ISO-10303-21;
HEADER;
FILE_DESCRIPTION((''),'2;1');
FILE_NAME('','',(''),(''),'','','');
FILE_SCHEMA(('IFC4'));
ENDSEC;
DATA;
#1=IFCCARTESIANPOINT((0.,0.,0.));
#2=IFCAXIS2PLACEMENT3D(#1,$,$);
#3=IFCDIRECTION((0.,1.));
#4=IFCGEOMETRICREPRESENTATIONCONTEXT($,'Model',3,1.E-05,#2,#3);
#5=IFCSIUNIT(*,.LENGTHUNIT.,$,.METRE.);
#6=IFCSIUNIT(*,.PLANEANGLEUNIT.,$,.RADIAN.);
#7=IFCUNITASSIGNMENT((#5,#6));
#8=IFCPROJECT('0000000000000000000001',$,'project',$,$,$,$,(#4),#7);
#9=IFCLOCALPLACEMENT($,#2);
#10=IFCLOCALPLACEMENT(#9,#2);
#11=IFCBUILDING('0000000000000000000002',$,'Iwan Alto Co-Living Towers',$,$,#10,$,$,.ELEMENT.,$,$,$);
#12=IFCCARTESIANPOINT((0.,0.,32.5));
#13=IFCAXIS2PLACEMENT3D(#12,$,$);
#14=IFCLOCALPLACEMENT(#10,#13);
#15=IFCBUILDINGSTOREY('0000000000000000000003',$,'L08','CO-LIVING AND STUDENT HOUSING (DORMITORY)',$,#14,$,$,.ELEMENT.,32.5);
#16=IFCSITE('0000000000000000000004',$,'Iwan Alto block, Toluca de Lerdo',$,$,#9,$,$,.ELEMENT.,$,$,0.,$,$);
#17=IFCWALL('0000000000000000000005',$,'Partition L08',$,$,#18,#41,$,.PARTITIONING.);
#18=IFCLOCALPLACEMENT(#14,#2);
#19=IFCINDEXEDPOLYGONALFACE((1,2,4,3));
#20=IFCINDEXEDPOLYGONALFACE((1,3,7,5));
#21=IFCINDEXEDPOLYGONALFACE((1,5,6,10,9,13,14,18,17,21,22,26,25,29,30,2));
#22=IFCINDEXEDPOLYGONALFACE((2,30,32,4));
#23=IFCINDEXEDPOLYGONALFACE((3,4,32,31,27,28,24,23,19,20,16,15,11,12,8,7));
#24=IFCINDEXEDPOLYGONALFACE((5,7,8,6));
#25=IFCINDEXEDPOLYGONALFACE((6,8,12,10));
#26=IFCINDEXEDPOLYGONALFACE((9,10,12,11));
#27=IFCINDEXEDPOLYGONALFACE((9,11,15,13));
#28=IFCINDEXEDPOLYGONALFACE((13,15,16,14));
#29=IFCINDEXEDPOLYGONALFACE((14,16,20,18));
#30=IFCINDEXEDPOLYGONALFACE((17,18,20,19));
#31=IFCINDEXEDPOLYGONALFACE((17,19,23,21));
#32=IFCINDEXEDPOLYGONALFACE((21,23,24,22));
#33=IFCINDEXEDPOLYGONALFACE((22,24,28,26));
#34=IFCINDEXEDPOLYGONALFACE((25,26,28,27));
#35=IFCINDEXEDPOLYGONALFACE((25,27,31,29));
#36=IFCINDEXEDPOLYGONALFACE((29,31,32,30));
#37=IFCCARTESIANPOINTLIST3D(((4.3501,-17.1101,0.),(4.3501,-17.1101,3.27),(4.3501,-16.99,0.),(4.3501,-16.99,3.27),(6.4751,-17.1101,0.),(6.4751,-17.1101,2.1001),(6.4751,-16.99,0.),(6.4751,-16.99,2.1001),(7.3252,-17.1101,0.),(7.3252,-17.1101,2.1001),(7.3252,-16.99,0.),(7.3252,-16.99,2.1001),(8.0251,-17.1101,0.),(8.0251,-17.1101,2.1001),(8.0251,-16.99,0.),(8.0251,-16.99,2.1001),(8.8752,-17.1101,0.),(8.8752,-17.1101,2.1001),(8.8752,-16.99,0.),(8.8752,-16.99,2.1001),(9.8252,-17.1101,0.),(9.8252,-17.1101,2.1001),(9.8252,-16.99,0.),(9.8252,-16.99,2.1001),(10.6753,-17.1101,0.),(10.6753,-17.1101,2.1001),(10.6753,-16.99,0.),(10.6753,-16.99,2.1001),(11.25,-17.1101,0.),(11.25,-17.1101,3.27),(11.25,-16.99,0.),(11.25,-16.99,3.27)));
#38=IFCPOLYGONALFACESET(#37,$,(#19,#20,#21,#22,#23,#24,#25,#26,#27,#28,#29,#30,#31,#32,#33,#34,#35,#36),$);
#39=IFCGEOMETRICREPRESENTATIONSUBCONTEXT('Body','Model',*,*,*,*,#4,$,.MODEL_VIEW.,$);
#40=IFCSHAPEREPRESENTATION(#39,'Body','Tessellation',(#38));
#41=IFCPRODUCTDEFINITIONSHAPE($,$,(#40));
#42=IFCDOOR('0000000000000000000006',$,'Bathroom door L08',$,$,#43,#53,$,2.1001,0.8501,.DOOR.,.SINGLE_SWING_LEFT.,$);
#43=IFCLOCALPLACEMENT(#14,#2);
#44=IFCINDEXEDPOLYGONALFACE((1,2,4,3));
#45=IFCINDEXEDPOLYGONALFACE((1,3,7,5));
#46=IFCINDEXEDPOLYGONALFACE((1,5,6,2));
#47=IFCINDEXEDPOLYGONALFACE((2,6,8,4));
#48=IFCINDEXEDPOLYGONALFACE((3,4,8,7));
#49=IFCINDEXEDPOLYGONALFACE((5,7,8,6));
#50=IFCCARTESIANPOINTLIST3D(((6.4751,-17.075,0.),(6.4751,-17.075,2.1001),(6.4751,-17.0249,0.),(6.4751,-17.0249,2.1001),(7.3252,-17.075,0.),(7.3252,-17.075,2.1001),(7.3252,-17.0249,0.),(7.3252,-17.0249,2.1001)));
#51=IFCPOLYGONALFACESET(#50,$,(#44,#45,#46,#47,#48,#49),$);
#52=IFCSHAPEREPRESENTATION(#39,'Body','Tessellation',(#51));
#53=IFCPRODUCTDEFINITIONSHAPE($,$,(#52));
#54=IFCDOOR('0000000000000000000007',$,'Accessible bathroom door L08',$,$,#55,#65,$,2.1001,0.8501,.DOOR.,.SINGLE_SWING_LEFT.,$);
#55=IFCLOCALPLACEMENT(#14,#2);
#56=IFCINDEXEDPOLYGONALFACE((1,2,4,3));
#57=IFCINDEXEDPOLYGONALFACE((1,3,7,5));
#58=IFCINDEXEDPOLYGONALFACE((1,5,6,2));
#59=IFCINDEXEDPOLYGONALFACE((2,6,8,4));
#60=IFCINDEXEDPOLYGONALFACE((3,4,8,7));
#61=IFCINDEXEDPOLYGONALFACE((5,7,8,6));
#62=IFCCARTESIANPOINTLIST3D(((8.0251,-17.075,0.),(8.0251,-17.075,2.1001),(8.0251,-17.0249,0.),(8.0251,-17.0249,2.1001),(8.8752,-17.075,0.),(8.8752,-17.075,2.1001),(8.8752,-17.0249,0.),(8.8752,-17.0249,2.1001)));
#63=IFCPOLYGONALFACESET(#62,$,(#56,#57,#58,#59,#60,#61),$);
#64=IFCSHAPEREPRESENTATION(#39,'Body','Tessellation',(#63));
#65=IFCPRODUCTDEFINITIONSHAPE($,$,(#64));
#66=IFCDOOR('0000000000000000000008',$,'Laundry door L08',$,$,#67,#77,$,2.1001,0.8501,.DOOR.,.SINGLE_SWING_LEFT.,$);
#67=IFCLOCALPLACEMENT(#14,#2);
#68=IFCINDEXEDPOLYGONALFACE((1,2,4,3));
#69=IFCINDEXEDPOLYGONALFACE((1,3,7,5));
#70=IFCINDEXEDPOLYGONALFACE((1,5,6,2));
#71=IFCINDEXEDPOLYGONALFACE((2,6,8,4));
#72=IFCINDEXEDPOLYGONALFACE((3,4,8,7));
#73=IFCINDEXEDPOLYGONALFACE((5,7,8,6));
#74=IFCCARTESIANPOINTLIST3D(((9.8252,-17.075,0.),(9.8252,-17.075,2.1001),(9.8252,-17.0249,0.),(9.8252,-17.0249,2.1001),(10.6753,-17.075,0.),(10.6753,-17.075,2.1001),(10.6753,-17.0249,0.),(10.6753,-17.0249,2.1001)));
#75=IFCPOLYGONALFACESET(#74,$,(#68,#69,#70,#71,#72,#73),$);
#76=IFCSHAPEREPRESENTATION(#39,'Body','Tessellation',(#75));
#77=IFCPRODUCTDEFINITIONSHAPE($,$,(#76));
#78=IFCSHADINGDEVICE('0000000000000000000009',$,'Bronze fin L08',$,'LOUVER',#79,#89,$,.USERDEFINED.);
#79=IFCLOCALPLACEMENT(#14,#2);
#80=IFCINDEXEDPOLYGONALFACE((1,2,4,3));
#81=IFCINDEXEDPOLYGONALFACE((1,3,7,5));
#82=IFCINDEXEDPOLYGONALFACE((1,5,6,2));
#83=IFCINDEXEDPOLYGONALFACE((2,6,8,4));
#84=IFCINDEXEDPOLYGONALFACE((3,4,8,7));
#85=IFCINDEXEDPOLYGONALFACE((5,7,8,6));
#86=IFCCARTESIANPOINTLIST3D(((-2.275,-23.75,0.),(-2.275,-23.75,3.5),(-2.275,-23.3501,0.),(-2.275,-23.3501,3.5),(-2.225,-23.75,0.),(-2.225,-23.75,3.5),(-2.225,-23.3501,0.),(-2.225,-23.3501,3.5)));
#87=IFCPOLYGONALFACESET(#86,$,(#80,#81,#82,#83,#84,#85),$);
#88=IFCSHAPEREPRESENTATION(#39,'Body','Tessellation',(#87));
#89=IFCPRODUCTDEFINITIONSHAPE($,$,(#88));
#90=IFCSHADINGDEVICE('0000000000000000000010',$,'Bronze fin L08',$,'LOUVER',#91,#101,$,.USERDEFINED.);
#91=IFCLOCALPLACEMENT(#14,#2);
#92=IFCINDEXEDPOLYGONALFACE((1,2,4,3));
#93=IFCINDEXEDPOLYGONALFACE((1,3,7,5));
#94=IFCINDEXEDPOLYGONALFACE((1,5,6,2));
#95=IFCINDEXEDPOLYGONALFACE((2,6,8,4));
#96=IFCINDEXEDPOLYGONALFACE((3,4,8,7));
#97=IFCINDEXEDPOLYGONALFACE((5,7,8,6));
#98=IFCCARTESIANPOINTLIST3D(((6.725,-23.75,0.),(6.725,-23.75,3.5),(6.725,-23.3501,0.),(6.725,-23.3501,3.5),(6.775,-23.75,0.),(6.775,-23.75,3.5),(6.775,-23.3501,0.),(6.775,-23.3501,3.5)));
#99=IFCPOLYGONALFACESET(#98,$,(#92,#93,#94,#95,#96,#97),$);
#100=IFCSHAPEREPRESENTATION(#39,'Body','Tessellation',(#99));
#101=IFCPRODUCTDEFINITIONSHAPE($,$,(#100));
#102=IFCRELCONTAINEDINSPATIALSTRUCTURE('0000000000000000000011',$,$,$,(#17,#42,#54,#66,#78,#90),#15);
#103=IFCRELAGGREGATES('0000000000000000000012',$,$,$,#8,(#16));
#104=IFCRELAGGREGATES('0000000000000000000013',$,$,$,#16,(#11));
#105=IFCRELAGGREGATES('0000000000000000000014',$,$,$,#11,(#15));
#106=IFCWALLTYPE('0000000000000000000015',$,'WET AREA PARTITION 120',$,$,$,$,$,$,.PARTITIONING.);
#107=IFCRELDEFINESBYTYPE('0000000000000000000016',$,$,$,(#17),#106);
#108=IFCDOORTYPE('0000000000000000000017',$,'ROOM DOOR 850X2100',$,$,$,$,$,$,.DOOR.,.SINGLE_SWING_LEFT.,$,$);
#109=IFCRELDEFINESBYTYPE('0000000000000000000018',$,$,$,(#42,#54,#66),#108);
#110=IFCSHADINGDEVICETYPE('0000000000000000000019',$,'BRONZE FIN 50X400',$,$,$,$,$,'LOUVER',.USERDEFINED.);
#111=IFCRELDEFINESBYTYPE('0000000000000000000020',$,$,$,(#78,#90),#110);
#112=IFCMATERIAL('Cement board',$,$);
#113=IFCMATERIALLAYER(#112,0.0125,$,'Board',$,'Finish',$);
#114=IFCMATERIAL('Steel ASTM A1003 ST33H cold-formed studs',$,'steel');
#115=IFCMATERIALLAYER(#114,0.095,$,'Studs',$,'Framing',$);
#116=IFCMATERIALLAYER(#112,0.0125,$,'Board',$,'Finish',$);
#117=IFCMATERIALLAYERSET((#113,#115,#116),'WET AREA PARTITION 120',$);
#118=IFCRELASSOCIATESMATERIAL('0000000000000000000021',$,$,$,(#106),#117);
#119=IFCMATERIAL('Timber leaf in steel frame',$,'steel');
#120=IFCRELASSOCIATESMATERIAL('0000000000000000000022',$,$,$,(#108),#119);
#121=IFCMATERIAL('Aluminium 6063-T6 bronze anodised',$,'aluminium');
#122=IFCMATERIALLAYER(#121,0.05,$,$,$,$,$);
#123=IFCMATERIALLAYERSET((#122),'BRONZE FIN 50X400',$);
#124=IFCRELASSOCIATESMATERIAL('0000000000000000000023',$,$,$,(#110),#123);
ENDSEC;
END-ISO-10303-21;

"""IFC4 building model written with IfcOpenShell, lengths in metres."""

from ifc_helpers import new_model, si_unit, direction, frame, frame_2d, origin, origin_2d, place, context, subcontext, project, spatial, rectangle, extrude, material, layer, layer_set, type_object, element, fill, save


model = new_model("IFC4")

# Units and contexts
model_context = context("Model", 3, precision=1e-05, world=origin(), true_north=direction((0.0, 1.0)))
body_context = subcontext(model_context, "Body", "Model", "MODEL_VIEW")
ifc_project = project(units=[si_unit("LENGTHUNIT", "METRE"), si_unit("PLANEANGLEUNIT", "RADIAN")], contexts=[model_context])

# Site, building, storey
site_placement = place(None, origin())
site = spatial("IfcSite", under=ifc_project, at=site_placement, Name="Iwan Alto block, Toluca de Lerdo", CompositionType="ELEMENT", RefElevation=0.0)
building_placement = place(site_placement, origin())
building = spatial("IfcBuilding", under=site, at=building_placement, Name="Iwan Alto Co-Living Towers", CompositionType="ELEMENT")
storey_placement = place(building_placement, frame((0.0, 0.0, 32.5)))
storey = spatial("IfcBuildingStorey", under=building, at=storey_placement, Name="L08", Description="CO-LIVING AND STUDENT HOUSING (DORMITORY)", CompositionType="ELEMENT", Elevation=32.5)

# Shared definitions
ifc_material_1 = material(Name="Steel ASTM A1003 ST33H cold-formed studs", Category="steel")

# Wall, openings, doors
ifc_material_2 = material(Name="Cement board")
ifc_layer_1 = layer(ifc_material_2, 0.0125, Name="Board", Category="Finish")
ifc_layer_2 = layer(ifc_material_1, 0.095, Name="Studs", Category="Framing")
ifc_layer_3 = layer(ifc_material_2, 0.0125, Name="Board", Category="Finish")
ifc_layer_set_1 = layer_set([ifc_layer_1, ifc_layer_2, ifc_layer_3], Name="WET AREA PARTITION 120")
wall_type_1 = type_object("IfcWallType", Name="WET AREA PARTITION 120", PredefinedType="PARTITIONING", material=ifc_layer_set_1)
wall_1_placement = place(storey_placement, frame((4.3501, -17.05, 0.0), z_axis=(0.0, 0.0, 1.0), x_axis=(1.0, 0.0, 0.0)))
wall_1 = element("IfcWall", 1, at=wall_1_placement, inside=storey, type_object=wall_type_1, Name="Partition L08", PredefinedType="PARTITIONING", context=body_context, shape_type="SweptSolid", body=[
    extrude(rectangle(XDim=6.8999, YDim=0.1201, at=frame_2d((3.45, 0.0))), origin(), (0.0, 0.0, 1.0), 3.27),
])
opening_1_placement = place(wall_1_placement, frame((2.125, 0.0, 0.0)))
opening_1 = element("IfcOpeningElement", 2, at=opening_1_placement, cuts=wall_1, PredefinedType="OPENING", context=body_context, shape_type="SweptSolid", body=[
    extrude(rectangle(XDim=0.8501, YDim=2.1001, at=frame_2d((0.425, 1.05))), frame((0.0, 0.0701, 0.0), z_axis=(0.0, -1.0, 0.0), x_axis=(1.0, 0.0, 0.0)), (0.0, 0.0, 1.0), 0.1401),
])
opening_2_placement = place(wall_1_placement, frame((3.675, 0.0, 0.0)))
opening_2 = element("IfcOpeningElement", 3, at=opening_2_placement, cuts=wall_1, PredefinedType="OPENING", context=body_context, shape_type="SweptSolid", body=[
    extrude(rectangle(XDim=0.8501, YDim=2.1001, at=frame_2d((0.425, 1.05))), frame((0.0, 0.0701, 0.0), z_axis=(0.0, -1.0, 0.0), x_axis=(1.0, 0.0, 0.0)), (0.0, 0.0, 1.0), 0.1401),
])
opening_3_placement = place(wall_1_placement, frame((5.4751, 0.0, 0.0)))
opening_3 = element("IfcOpeningElement", 4, at=opening_3_placement, cuts=wall_1, PredefinedType="OPENING", context=body_context, shape_type="SweptSolid", body=[
    extrude(rectangle(XDim=0.8501, YDim=2.1001, at=frame_2d((0.425, 1.05))), frame((0.0, 0.0701, 0.0), z_axis=(0.0, -1.0, 0.0), x_axis=(1.0, 0.0, 0.0)), (0.0, 0.0, 1.0), 0.1401),
])
ifc_material_3 = material(Name="Timber leaf in steel frame", Category="steel")
door_type = type_object("IfcDoorType", Name="ROOM DOOR 850X2100", OperationType="SINGLE_SWING_LEFT", PredefinedType="DOOR", material=ifc_material_3)
door_1_placement = place(opening_1_placement, frame((0.8501, 0.0, 0.0), z_axis=(0.0, 0.0, 1.0), x_axis=(-1.0, 0.0, 0.0)))
door_1 = element("IfcDoor", 5, at=door_1_placement, inside=storey, type_object=door_type, Name="Bathroom door L08", OperationType="SINGLE_SWING_LEFT", OverallHeight=2.1001, OverallWidth=0.8501, PredefinedType="DOOR", context=body_context, shape_type="SweptSolid", body=[
    extrude(rectangle(XDim=0.8501, YDim=2.1001, at=frame_2d((0.425, 1.05))), frame((0.0, 0.0249, 0.0), z_axis=(0.0, -1.0, 0.0), x_axis=(1.0, 0.0, 0.0)), (0.0, 0.0, 1.0), 0.05),
])
fill(opening_1, door_1)
door_2_placement = place(opening_2_placement, frame((0.8501, 0.0, 0.0), z_axis=(0.0, 0.0, 1.0), x_axis=(-1.0, 0.0, 0.0)))
door_2 = element("IfcDoor", 6, at=door_2_placement, inside=storey, type_object=door_type, Name="Accessible bathroom door L08", OperationType="SINGLE_SWING_LEFT", OverallHeight=2.1001, OverallWidth=0.8501, PredefinedType="DOOR", context=body_context, shape_type="SweptSolid", body=[
    extrude(rectangle(XDim=0.8501, YDim=2.1001, at=frame_2d((0.425, 1.05))), frame((0.0, 0.0249, 0.0), z_axis=(0.0, -1.0, 0.0), x_axis=(1.0, 0.0, 0.0)), (0.0, 0.0, 1.0), 0.05),
])
fill(opening_2, door_2)
door_3_placement = place(opening_3_placement, frame((0.8501, 0.0, 0.0), z_axis=(0.0, 0.0, 1.0), x_axis=(-1.0, 0.0, 0.0)))
door_3 = element("IfcDoor", 7, at=door_3_placement, inside=storey, type_object=door_type, Name="Laundry door L08", OperationType="SINGLE_SWING_LEFT", OverallHeight=2.1001, OverallWidth=0.8501, PredefinedType="DOOR", context=body_context, shape_type="SweptSolid", body=[
    extrude(rectangle(XDim=0.8501, YDim=2.1001, at=frame_2d((0.425, 1.05))), frame((0.0, 0.0249, 0.0), z_axis=(0.0, -1.0, 0.0), x_axis=(1.0, 0.0, 0.0)), (0.0, 0.0, 1.0), 0.05),
])
fill(opening_3, door_3)

# Shading devices
ifc_material_4 = material(Name="Aluminium 6063-T6 bronze anodised", Category="aluminium")
ifc_layer_4 = layer(ifc_material_4, 0.05)
ifc_layer_set_2 = layer_set([ifc_layer_4], Name="BRONZE FIN 50X400")
shading_device_type = type_object("IfcShadingDeviceType", Name="BRONZE FIN 50X400", ElementType="LOUVER", PredefinedType="USERDEFINED", material=ifc_layer_set_2)
for number, where, z_axis, x_axis, name in (
    (8, (-2.25, -23.55, 0.0), (0.0, 0.0, 1.0), (1.0, 0.0, 0.0), "Bronze fin L08"),
    (9, (6.75, -23.55, 0.0), (0.0, 0.0, 1.0), (1.0, 0.0, 0.0), "Bronze fin L08"),
):
    element("IfcShadingDevice", number, at=place(storey_placement, frame(where, z_axis=z_axis, x_axis=x_axis)), inside=storey, type_object=shading_device_type, Name=name, ObjectType="LOUVER", PredefinedType="USERDEFINED", context=body_context, shape_type="SweptSolid", body=[
        extrude(rectangle(XDim=0.05, YDim=0.3999, at=origin_2d()), origin(), (0.0, 0.0, 1.0), 3.5),
    ])

save(model, "model.ifc")
